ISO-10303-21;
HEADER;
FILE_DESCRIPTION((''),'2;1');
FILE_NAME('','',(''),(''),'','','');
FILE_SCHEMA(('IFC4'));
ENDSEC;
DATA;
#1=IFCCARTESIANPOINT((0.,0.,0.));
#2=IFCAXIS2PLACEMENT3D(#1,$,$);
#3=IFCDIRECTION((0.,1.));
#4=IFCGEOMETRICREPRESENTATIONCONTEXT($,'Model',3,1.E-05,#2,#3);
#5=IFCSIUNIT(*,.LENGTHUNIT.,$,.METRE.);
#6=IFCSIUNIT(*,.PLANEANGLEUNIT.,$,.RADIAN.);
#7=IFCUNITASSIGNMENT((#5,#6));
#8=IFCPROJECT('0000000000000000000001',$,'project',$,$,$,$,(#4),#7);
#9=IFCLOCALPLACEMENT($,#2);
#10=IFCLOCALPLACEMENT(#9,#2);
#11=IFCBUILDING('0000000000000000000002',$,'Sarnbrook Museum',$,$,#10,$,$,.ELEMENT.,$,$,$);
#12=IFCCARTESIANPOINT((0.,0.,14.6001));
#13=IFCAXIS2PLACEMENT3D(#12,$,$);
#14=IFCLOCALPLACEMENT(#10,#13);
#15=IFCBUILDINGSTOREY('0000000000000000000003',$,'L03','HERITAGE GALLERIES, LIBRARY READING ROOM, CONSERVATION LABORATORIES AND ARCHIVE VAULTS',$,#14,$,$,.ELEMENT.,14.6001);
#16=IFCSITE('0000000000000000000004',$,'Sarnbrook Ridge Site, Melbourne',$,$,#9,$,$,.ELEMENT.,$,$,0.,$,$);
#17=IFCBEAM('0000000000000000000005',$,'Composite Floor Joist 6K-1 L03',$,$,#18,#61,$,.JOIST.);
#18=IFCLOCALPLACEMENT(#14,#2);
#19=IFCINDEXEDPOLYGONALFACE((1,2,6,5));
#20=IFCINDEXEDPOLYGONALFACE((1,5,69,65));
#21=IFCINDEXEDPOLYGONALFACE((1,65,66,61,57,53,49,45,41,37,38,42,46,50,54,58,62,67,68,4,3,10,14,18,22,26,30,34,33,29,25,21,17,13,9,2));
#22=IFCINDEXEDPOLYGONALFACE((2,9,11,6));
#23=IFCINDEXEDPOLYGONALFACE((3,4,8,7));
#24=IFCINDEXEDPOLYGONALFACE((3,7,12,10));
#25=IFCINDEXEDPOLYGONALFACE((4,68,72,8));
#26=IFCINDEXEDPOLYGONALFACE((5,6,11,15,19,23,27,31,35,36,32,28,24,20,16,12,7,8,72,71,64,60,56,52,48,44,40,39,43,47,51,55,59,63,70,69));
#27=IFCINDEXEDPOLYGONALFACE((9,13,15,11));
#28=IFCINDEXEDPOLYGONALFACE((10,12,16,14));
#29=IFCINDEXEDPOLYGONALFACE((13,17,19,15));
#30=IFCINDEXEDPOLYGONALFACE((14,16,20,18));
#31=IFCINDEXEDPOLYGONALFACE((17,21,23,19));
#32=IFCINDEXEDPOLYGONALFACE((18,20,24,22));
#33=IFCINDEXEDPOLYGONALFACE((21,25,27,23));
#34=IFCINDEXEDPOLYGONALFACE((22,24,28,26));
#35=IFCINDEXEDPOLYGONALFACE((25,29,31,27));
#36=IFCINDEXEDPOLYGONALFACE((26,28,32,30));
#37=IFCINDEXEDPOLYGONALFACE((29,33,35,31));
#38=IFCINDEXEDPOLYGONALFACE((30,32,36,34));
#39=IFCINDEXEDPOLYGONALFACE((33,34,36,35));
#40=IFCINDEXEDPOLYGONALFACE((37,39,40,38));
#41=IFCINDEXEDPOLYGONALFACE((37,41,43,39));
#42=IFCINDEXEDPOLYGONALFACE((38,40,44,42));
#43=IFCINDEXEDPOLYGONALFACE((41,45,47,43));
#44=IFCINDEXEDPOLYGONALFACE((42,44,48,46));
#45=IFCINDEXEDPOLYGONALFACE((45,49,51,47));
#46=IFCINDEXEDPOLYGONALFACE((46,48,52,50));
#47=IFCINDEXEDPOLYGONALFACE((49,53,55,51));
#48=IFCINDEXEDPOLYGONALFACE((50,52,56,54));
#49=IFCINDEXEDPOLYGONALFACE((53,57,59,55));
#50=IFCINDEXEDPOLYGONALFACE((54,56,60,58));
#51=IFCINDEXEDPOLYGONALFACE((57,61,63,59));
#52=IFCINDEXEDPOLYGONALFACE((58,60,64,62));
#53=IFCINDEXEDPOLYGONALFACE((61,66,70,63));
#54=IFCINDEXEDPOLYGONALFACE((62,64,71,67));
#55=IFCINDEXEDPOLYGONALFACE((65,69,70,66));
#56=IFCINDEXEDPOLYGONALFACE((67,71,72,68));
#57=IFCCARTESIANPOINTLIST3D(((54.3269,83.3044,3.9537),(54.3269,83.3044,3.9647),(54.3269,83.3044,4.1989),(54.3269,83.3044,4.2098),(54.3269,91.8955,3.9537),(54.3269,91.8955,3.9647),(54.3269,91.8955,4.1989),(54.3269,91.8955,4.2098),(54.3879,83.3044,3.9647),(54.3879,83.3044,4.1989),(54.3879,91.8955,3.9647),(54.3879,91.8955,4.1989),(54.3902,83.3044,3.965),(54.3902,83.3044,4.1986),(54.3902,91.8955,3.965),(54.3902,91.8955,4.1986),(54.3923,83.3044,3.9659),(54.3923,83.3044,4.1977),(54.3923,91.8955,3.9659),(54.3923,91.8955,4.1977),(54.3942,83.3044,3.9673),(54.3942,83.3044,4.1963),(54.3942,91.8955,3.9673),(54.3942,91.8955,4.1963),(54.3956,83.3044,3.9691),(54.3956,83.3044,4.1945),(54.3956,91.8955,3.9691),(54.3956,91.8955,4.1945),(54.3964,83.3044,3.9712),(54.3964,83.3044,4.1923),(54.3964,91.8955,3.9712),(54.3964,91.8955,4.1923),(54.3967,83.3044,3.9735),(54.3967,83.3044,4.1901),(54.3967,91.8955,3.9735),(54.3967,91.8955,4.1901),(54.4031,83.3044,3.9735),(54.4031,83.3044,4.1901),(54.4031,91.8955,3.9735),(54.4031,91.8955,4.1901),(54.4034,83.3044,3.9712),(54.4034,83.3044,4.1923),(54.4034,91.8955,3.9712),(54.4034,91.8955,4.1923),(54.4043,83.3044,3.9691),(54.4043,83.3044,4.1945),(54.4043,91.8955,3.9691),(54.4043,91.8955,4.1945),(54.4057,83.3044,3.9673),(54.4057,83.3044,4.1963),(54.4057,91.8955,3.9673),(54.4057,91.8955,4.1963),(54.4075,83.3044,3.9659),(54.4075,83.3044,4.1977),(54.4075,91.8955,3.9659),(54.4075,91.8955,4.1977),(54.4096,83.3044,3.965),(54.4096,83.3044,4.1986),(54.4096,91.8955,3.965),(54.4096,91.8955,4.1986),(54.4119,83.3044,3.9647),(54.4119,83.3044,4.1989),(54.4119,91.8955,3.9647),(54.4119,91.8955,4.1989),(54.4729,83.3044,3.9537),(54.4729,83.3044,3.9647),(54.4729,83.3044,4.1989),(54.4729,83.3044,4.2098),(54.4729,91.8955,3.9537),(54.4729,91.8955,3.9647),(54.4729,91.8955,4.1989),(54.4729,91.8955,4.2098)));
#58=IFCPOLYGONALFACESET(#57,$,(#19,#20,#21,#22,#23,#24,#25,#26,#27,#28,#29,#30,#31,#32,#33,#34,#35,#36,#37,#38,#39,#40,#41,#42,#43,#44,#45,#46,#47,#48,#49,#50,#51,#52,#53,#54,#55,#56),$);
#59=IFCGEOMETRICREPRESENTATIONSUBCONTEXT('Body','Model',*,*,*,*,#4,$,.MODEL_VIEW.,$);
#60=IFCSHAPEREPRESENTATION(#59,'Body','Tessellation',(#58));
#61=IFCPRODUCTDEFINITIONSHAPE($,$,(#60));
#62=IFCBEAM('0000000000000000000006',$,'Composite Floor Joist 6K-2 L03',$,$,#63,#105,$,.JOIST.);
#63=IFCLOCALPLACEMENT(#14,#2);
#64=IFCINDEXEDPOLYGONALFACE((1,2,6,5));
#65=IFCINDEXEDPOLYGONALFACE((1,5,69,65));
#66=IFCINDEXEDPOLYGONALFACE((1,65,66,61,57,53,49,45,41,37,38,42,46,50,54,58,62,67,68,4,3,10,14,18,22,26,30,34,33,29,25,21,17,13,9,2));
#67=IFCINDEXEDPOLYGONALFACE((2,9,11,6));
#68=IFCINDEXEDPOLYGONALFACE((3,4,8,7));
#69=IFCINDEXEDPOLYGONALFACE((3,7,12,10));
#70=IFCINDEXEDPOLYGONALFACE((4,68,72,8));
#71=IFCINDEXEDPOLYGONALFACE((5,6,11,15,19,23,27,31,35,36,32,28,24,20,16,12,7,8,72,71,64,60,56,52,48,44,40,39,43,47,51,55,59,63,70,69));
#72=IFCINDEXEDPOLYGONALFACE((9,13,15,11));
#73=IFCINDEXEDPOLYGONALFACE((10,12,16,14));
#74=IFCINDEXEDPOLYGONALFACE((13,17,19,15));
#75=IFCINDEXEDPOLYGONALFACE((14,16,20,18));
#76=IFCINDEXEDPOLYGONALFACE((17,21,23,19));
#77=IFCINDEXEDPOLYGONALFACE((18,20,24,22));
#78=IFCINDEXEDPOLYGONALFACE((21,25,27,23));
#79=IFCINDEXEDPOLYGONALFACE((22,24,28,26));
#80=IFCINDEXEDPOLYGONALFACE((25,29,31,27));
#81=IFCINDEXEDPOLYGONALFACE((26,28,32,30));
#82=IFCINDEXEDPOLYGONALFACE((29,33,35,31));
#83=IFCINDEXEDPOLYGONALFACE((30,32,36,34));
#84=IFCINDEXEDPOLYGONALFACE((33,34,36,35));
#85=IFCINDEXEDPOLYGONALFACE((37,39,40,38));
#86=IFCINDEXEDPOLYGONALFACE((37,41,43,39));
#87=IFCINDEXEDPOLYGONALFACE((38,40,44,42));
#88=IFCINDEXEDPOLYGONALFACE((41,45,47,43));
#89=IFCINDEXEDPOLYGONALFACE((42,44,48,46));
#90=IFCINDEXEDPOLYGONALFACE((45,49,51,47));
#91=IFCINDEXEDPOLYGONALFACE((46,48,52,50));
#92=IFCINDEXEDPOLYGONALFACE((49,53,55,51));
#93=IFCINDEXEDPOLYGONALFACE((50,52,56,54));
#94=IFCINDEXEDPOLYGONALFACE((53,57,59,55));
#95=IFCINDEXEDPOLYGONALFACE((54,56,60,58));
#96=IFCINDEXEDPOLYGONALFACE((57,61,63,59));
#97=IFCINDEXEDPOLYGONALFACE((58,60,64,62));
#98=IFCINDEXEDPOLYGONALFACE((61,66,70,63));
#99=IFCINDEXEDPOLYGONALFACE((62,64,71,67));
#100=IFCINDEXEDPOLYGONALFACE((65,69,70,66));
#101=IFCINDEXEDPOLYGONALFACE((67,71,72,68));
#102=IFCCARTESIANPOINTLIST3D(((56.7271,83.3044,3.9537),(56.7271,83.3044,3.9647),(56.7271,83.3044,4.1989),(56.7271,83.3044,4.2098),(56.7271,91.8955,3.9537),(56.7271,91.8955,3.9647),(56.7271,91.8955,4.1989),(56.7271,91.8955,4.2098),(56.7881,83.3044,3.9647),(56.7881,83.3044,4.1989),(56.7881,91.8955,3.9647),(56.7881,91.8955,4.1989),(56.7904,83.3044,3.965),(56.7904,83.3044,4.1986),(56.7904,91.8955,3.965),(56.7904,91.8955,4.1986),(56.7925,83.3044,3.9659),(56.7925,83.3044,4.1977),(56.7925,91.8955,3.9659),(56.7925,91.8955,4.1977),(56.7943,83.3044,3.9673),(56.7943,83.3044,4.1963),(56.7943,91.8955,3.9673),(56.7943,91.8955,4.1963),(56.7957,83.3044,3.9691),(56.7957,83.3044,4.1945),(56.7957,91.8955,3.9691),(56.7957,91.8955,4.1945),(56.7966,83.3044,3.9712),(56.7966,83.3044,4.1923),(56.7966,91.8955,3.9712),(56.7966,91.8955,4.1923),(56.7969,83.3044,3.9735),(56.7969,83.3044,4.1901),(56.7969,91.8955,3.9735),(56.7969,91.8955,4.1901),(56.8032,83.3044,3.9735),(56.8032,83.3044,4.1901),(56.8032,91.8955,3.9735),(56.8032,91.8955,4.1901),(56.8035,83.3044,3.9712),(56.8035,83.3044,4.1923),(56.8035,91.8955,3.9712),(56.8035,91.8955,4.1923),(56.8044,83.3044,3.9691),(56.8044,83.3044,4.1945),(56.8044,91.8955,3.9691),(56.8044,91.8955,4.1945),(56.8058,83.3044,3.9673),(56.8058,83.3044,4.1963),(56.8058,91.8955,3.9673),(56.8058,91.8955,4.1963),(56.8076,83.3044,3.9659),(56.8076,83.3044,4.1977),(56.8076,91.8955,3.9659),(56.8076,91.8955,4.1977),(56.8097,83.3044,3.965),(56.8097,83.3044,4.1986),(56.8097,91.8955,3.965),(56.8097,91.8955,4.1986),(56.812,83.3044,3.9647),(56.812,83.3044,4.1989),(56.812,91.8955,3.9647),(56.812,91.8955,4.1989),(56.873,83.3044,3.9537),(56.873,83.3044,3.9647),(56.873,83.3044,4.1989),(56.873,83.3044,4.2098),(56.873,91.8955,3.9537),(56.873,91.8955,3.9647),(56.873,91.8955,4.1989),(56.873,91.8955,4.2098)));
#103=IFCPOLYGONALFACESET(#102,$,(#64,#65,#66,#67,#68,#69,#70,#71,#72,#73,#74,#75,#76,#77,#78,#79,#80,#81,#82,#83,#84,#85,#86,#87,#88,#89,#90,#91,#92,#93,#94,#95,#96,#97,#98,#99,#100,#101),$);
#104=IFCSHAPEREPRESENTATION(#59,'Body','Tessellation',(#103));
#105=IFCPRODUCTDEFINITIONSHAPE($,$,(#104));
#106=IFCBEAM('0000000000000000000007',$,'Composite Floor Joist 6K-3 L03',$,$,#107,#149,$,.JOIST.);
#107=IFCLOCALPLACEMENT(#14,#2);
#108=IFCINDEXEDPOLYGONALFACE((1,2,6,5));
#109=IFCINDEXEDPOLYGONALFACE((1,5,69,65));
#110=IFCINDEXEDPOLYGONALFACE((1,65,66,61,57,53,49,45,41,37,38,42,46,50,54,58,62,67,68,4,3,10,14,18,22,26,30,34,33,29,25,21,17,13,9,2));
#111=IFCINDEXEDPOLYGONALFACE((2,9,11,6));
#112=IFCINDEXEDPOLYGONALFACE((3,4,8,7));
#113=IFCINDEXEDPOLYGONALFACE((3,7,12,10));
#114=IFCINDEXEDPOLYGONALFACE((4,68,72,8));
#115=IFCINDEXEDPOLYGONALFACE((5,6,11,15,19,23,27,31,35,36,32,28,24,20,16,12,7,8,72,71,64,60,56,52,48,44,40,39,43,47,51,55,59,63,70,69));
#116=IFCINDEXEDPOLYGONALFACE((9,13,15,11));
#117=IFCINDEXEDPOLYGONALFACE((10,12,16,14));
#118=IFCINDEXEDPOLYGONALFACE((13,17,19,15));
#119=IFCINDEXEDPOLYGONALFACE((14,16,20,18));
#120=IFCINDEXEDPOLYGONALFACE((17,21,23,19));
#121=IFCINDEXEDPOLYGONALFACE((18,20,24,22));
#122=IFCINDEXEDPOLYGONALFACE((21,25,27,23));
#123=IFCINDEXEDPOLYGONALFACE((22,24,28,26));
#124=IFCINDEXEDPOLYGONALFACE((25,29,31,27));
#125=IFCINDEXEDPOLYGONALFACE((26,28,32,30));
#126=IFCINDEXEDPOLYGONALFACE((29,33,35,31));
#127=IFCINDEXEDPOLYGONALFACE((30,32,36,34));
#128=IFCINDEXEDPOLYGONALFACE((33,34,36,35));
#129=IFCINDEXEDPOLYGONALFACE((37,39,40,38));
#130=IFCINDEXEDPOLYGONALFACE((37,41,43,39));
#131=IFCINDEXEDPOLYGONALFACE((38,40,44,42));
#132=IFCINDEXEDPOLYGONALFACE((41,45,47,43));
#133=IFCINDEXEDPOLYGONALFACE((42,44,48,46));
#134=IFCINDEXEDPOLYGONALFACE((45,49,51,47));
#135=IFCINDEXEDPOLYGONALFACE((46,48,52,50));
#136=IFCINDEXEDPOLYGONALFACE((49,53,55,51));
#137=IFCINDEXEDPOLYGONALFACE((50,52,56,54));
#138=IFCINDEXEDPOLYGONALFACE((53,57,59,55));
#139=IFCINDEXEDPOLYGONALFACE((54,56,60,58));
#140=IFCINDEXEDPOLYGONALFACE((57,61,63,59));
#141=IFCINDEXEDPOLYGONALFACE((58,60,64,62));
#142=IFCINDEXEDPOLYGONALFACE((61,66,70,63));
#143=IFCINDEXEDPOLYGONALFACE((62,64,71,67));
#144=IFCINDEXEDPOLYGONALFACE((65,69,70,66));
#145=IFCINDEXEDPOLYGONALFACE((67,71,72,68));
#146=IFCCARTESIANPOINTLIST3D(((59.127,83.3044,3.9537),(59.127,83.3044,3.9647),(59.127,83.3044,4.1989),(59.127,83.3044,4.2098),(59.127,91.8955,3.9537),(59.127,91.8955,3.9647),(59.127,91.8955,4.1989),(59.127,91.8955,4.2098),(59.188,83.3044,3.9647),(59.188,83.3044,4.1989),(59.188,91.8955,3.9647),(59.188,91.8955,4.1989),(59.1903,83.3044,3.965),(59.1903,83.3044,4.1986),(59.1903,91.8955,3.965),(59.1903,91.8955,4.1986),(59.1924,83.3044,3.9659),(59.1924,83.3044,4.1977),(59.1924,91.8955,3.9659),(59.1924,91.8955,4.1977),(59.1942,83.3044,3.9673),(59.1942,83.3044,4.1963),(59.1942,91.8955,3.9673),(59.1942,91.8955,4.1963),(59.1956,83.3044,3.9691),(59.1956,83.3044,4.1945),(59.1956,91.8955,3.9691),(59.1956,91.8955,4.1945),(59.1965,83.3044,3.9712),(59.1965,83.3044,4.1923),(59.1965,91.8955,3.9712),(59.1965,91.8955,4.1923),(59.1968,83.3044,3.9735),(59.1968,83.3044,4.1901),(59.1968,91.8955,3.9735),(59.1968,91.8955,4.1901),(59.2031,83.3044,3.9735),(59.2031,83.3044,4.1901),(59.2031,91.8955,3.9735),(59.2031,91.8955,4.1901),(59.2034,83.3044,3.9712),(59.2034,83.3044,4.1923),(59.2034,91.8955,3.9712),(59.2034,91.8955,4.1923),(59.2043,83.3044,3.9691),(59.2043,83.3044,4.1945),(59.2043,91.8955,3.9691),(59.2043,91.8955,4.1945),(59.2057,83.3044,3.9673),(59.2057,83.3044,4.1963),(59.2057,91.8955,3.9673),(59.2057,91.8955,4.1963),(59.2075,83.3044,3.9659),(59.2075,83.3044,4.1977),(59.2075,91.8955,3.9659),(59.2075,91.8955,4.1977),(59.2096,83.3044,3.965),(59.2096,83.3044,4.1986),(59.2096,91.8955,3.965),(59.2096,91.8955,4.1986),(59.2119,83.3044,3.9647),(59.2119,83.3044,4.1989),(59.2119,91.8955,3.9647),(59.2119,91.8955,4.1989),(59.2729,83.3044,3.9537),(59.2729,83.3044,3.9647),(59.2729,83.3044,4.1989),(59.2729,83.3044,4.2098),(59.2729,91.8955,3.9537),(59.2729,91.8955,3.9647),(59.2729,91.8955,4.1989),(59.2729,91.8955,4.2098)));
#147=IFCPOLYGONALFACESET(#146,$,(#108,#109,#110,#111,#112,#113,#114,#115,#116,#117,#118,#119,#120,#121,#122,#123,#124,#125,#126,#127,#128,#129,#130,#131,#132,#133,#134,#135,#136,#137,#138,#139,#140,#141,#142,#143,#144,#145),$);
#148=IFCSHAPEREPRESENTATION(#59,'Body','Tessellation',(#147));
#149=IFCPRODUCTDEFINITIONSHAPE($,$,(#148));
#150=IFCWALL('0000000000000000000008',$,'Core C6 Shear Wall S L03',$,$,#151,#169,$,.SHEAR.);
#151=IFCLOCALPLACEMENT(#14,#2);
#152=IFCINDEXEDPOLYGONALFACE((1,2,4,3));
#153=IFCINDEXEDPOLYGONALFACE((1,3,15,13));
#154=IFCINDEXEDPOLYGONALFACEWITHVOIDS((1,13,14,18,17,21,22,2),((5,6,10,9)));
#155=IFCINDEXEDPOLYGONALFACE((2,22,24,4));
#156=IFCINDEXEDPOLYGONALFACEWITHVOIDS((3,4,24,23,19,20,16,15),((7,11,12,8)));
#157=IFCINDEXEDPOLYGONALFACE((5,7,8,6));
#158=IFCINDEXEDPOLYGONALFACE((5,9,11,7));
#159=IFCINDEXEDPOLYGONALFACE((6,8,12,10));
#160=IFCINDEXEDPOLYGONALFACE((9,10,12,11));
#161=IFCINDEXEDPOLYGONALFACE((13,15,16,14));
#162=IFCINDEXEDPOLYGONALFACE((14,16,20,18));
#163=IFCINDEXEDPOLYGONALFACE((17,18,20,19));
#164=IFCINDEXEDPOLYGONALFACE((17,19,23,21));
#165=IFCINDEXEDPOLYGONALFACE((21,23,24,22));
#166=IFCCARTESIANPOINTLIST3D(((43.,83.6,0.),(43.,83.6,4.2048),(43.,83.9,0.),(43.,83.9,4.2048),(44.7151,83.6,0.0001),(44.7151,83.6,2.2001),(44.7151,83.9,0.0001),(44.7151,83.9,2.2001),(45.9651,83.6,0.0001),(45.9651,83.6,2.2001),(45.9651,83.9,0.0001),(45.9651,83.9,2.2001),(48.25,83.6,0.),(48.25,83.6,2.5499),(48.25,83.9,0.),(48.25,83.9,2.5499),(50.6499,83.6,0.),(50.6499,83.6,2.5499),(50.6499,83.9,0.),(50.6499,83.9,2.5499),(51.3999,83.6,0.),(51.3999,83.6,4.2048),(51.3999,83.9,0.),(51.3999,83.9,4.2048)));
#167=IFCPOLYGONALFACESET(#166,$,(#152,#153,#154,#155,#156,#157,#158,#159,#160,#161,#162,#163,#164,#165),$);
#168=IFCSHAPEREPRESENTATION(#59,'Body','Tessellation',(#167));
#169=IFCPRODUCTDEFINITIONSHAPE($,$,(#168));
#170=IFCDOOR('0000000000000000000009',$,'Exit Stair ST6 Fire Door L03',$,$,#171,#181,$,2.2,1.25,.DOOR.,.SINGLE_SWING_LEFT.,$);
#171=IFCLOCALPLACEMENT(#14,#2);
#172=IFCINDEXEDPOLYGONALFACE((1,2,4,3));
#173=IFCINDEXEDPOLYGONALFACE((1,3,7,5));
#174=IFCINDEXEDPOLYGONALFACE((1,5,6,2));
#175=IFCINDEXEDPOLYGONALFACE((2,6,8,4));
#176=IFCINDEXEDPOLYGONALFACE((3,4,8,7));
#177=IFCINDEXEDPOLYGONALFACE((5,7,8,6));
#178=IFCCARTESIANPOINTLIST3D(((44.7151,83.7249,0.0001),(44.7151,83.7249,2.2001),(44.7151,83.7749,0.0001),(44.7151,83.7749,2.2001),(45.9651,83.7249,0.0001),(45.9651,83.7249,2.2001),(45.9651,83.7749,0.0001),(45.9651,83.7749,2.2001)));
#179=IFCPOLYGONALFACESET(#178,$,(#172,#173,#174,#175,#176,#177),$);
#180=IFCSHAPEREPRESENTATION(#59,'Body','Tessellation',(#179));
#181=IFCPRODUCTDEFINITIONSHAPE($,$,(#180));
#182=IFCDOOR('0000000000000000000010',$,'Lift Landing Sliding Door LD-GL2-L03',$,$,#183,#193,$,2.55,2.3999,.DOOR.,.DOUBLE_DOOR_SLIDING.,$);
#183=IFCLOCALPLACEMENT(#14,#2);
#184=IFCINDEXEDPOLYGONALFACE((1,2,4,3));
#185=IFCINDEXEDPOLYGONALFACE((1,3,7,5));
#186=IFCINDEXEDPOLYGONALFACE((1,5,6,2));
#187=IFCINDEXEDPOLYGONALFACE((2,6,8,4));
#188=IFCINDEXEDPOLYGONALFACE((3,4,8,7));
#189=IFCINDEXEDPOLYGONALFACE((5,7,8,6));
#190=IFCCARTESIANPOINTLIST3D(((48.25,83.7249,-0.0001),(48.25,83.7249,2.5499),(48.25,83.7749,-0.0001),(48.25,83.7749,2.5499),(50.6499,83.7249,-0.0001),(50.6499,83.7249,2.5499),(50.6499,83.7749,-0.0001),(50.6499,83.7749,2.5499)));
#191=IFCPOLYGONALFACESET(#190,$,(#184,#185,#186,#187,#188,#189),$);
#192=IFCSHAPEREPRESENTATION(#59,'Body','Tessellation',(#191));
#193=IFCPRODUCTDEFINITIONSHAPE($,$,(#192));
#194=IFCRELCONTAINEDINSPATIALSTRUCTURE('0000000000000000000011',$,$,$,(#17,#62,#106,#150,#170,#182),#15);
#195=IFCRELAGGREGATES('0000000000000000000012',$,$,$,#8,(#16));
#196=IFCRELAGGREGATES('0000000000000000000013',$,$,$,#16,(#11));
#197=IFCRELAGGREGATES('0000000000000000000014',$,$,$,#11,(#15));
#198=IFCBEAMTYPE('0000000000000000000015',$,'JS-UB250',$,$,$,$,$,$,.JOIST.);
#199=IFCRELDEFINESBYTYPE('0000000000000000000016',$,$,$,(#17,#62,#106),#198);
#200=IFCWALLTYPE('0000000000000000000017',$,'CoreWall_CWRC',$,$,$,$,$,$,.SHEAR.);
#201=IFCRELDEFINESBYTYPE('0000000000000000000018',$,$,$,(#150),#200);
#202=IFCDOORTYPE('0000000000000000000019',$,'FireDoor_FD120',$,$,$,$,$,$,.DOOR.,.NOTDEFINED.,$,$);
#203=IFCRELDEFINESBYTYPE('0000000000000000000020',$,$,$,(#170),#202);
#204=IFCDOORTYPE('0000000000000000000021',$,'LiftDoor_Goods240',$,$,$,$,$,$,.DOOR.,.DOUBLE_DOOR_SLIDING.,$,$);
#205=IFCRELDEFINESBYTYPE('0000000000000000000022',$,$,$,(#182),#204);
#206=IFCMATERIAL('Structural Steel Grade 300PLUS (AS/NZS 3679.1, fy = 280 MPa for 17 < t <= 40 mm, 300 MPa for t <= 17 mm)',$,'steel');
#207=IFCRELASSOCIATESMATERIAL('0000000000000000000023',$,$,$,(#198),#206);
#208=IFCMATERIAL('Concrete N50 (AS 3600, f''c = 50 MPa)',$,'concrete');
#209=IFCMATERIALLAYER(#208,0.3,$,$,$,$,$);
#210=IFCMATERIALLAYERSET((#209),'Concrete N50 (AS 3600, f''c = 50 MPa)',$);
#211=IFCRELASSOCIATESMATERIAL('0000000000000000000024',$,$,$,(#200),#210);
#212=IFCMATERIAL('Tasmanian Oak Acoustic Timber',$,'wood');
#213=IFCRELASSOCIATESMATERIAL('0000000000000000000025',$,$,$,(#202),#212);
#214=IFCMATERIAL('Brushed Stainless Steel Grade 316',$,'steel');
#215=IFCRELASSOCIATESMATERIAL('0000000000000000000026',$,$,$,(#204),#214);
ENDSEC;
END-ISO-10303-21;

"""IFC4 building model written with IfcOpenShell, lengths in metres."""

from ifc_helpers import new_model, si_unit, direction, frame, frame_2d, origin, origin_2d, place, context, subcontext, project, spatial, rectangle, i_section, extrude, material, layer, layer_set, material_profile, profile_set, type_object, element, fill, save


model = new_model("IFC4")

# Units and contexts
model_context = context("Model", 3, precision=1e-05, world=origin(), true_north=direction((0.0, 1.0)))
body_context = subcontext(model_context, "Body", "Model", "MODEL_VIEW")
ifc_project = project(units=[si_unit("LENGTHUNIT", "METRE"), si_unit("PLANEANGLEUNIT", "RADIAN")], contexts=[model_context])

# Site, building, storey
site_placement = place(None, origin())
site = spatial("IfcSite", under=ifc_project, at=site_placement, Name="Sarnbrook Ridge Site, Melbourne", CompositionType="ELEMENT", RefElevation=0.0)
building_placement = place(site_placement, origin())
building = spatial("IfcBuilding", under=site, at=building_placement, Name="Sarnbrook Museum", CompositionType="ELEMENT")
storey_placement = place(building_placement, frame((0.0, 0.0, 14.6001)))
storey = spatial("IfcBuildingStorey", under=building, at=storey_placement, Name="L03", Description="HERITAGE GALLERIES, LIBRARY READING ROOM, CONSERVATION LABORATORIES AND ARCHIVE VAULTS", CompositionType="ELEMENT", Elevation=14.6001)

# Shared definitions
ifc_material_1 = material(Name="Structural Steel Grade 300PLUS (AS/NZS 3679.1, fy = 280 MPa for 17 < t <= 40 mm, 300 MPa for t <= 17 mm)", Category="steel")

# Beams
ifc_material_profile_1 = material_profile(ifc_material_1, i_section(OverallWidth=0.146, OverallDepth=0.2561, WebThickness=0.0063, FlangeThickness=0.011, FilletRadius=0.0088, at=origin_2d()), Name="250UB37.3")
ifc_profile_set_1 = profile_set([ifc_material_profile_1], Name="Structural Steel Grade 300PLUS (AS/NZS 3679.1, fy = 280 MPa for 17 < t <= 40 mm, 300 MPa for t <= 17 mm)")
beam_type_1 = type_object("IfcBeamType", Name="JS-UB250", PredefinedType="JOIST", material=ifc_profile_set_1)
for number, where, z_axis, x_axis, name in (
    (1, (54.3999, 83.3044, 4.0818), (0.0, 1.0, 0.0), (-1.0, 0.0, 0.0), "Composite Floor Joist 6K-1 L03"),
    (2, (56.8, 83.3044, 4.0818), (0.0, 1.0, 0.0), (-1.0, 0.0, 0.0), "Composite Floor Joist 6K-2 L03"),
    (3, (59.2, 83.3044, 4.0818), (0.0, 1.0, 0.0), (-1.0, 0.0, 0.0), "Composite Floor Joist 6K-3 L03"),
):
    element("IfcBeam", number, at=place(storey_placement, frame(where, z_axis=z_axis, x_axis=x_axis)), inside=storey, type_object=beam_type_1, Name=name, PredefinedType="JOIST", context=body_context, shape_type="SweptSolid", body=[
        extrude(i_section(OverallWidth=0.146, OverallDepth=0.2561, WebThickness=0.0063, FlangeThickness=0.011, FilletRadius=0.0088, at=origin_2d()), origin(), (0.0, 0.0, 1.0), 8.5911),
    ])

# Wall, openings, doors
ifc_material_2 = material(Name="Concrete N50 (AS 3600, f'c = 50 MPa)", Category="concrete")
ifc_layer_1 = layer(ifc_material_2, 0.3)
ifc_layer_set_1 = layer_set([ifc_layer_1], Name="Concrete N50 (AS 3600, f'c = 50 MPa)")
wall_type_1 = type_object("IfcWallType", Name="CoreWall_CWRC", PredefinedType="SHEAR", material=ifc_layer_set_1)
wall_1_placement = place(storey_placement, frame((43.0, 83.75, 0.0), z_axis=(0.0, 0.0, 1.0), x_axis=(1.0, 0.0, 0.0)))
wall_1 = element("IfcWall", 4, at=wall_1_placement, inside=storey, type_object=wall_type_1, Name="Core C6 Shear Wall S L03", PredefinedType="SHEAR", context=body_context, shape_type="SweptSolid", body=[
    extrude(rectangle(XDim=8.3999, YDim=0.3, at=frame_2d((4.2, 0.0))), origin(), (0.0, 0.0, 1.0), 4.2048),
])
opening_1_placement = place(wall_1_placement, frame((1.7151, 0.0, 0.0)))
opening_1 = element("IfcOpeningElement", 5, at=opening_1_placement, cuts=wall_1, PredefinedType="OPENING", context=body_context, shape_type="SweptSolid", body=[
    extrude(rectangle(XDim=1.25, YDim=2.2, at=frame_2d((0.625, 1.1001))), frame((0.0, 0.1602, 0.0), z_axis=(0.0, -1.0, 0.0), x_axis=(1.0, 0.0, 0.0)), (0.0, 0.0, 1.0), 0.3201),
])
opening_2_placement = place(wall_1_placement, frame((5.25, 0.0, 0.0)))
opening_2 = element("IfcOpeningElement", 6, at=opening_2_placement, cuts=wall_1, PredefinedType="OPENING", context=body_context, shape_type="SweptSolid", body=[
    extrude(rectangle(XDim=2.3999, YDim=2.55, at=frame_2d((1.2, 1.2749))), frame((0.0, 0.1602, 0.0), z_axis=(0.0, -1.0, 0.0), x_axis=(1.0, 0.0, 0.0)), (0.0, 0.0, 1.0), 0.3201),
])
ifc_material_3 = material(Name="Tasmanian Oak Acoustic Timber", Category="wood")
door_type_1 = type_object("IfcDoorType", Name="FireDoor_FD120", OperationType="NOTDEFINED", PredefinedType="DOOR", material=ifc_material_3)
door_1_placement = place(opening_1_placement, origin())
door_1 = element("IfcDoor", 7, at=door_1_placement, inside=storey, type_object=door_type_1, Name="Exit Stair ST6 Fire Door L03", OperationType="SINGLE_SWING_LEFT", OverallHeight=2.2, OverallWidth=1.25, PredefinedType="DOOR", context=body_context, shape_type="SweptSolid", body=[
    extrude(rectangle(XDim=1.25, YDim=2.2, at=frame_2d((0.625, 1.1001))), frame((0.0, 0.0249, 0.0), z_axis=(0.0, -1.0, 0.0), x_axis=(1.0, 0.0, 0.0)), (0.0, 0.0, 1.0), 0.05),
])
fill(opening_1, door_1)
ifc_material_4 = material(Name="Brushed Stainless Steel Grade 316", Category="steel")
door_type_2 = type_object("IfcDoorType", Name="LiftDoor_Goods240", OperationType="DOUBLE_DOOR_SLIDING", PredefinedType="DOOR", material=ifc_material_4)
door_2_placement = place(opening_2_placement, origin())
door_2 = element("IfcDoor", 8, at=door_2_placement, inside=storey, type_object=door_type_2, Name="Lift Landing Sliding Door LD-GL2-L03", OperationType="DOUBLE_DOOR_SLIDING", OverallHeight=2.55, OverallWidth=2.3999, PredefinedType="DOOR", context=body_context, shape_type="SweptSolid", body=[
    extrude(rectangle(XDim=2.3999, YDim=2.55, at=frame_2d((1.2, 1.2749))), frame((0.0, 0.0249, 0.0), z_axis=(0.0, -1.0, 0.0), x_axis=(1.0, 0.0, 0.0)), (0.0, 0.0, 1.0), 0.05),
])
fill(opening_2, door_2)

save(model, "model.ifc")
